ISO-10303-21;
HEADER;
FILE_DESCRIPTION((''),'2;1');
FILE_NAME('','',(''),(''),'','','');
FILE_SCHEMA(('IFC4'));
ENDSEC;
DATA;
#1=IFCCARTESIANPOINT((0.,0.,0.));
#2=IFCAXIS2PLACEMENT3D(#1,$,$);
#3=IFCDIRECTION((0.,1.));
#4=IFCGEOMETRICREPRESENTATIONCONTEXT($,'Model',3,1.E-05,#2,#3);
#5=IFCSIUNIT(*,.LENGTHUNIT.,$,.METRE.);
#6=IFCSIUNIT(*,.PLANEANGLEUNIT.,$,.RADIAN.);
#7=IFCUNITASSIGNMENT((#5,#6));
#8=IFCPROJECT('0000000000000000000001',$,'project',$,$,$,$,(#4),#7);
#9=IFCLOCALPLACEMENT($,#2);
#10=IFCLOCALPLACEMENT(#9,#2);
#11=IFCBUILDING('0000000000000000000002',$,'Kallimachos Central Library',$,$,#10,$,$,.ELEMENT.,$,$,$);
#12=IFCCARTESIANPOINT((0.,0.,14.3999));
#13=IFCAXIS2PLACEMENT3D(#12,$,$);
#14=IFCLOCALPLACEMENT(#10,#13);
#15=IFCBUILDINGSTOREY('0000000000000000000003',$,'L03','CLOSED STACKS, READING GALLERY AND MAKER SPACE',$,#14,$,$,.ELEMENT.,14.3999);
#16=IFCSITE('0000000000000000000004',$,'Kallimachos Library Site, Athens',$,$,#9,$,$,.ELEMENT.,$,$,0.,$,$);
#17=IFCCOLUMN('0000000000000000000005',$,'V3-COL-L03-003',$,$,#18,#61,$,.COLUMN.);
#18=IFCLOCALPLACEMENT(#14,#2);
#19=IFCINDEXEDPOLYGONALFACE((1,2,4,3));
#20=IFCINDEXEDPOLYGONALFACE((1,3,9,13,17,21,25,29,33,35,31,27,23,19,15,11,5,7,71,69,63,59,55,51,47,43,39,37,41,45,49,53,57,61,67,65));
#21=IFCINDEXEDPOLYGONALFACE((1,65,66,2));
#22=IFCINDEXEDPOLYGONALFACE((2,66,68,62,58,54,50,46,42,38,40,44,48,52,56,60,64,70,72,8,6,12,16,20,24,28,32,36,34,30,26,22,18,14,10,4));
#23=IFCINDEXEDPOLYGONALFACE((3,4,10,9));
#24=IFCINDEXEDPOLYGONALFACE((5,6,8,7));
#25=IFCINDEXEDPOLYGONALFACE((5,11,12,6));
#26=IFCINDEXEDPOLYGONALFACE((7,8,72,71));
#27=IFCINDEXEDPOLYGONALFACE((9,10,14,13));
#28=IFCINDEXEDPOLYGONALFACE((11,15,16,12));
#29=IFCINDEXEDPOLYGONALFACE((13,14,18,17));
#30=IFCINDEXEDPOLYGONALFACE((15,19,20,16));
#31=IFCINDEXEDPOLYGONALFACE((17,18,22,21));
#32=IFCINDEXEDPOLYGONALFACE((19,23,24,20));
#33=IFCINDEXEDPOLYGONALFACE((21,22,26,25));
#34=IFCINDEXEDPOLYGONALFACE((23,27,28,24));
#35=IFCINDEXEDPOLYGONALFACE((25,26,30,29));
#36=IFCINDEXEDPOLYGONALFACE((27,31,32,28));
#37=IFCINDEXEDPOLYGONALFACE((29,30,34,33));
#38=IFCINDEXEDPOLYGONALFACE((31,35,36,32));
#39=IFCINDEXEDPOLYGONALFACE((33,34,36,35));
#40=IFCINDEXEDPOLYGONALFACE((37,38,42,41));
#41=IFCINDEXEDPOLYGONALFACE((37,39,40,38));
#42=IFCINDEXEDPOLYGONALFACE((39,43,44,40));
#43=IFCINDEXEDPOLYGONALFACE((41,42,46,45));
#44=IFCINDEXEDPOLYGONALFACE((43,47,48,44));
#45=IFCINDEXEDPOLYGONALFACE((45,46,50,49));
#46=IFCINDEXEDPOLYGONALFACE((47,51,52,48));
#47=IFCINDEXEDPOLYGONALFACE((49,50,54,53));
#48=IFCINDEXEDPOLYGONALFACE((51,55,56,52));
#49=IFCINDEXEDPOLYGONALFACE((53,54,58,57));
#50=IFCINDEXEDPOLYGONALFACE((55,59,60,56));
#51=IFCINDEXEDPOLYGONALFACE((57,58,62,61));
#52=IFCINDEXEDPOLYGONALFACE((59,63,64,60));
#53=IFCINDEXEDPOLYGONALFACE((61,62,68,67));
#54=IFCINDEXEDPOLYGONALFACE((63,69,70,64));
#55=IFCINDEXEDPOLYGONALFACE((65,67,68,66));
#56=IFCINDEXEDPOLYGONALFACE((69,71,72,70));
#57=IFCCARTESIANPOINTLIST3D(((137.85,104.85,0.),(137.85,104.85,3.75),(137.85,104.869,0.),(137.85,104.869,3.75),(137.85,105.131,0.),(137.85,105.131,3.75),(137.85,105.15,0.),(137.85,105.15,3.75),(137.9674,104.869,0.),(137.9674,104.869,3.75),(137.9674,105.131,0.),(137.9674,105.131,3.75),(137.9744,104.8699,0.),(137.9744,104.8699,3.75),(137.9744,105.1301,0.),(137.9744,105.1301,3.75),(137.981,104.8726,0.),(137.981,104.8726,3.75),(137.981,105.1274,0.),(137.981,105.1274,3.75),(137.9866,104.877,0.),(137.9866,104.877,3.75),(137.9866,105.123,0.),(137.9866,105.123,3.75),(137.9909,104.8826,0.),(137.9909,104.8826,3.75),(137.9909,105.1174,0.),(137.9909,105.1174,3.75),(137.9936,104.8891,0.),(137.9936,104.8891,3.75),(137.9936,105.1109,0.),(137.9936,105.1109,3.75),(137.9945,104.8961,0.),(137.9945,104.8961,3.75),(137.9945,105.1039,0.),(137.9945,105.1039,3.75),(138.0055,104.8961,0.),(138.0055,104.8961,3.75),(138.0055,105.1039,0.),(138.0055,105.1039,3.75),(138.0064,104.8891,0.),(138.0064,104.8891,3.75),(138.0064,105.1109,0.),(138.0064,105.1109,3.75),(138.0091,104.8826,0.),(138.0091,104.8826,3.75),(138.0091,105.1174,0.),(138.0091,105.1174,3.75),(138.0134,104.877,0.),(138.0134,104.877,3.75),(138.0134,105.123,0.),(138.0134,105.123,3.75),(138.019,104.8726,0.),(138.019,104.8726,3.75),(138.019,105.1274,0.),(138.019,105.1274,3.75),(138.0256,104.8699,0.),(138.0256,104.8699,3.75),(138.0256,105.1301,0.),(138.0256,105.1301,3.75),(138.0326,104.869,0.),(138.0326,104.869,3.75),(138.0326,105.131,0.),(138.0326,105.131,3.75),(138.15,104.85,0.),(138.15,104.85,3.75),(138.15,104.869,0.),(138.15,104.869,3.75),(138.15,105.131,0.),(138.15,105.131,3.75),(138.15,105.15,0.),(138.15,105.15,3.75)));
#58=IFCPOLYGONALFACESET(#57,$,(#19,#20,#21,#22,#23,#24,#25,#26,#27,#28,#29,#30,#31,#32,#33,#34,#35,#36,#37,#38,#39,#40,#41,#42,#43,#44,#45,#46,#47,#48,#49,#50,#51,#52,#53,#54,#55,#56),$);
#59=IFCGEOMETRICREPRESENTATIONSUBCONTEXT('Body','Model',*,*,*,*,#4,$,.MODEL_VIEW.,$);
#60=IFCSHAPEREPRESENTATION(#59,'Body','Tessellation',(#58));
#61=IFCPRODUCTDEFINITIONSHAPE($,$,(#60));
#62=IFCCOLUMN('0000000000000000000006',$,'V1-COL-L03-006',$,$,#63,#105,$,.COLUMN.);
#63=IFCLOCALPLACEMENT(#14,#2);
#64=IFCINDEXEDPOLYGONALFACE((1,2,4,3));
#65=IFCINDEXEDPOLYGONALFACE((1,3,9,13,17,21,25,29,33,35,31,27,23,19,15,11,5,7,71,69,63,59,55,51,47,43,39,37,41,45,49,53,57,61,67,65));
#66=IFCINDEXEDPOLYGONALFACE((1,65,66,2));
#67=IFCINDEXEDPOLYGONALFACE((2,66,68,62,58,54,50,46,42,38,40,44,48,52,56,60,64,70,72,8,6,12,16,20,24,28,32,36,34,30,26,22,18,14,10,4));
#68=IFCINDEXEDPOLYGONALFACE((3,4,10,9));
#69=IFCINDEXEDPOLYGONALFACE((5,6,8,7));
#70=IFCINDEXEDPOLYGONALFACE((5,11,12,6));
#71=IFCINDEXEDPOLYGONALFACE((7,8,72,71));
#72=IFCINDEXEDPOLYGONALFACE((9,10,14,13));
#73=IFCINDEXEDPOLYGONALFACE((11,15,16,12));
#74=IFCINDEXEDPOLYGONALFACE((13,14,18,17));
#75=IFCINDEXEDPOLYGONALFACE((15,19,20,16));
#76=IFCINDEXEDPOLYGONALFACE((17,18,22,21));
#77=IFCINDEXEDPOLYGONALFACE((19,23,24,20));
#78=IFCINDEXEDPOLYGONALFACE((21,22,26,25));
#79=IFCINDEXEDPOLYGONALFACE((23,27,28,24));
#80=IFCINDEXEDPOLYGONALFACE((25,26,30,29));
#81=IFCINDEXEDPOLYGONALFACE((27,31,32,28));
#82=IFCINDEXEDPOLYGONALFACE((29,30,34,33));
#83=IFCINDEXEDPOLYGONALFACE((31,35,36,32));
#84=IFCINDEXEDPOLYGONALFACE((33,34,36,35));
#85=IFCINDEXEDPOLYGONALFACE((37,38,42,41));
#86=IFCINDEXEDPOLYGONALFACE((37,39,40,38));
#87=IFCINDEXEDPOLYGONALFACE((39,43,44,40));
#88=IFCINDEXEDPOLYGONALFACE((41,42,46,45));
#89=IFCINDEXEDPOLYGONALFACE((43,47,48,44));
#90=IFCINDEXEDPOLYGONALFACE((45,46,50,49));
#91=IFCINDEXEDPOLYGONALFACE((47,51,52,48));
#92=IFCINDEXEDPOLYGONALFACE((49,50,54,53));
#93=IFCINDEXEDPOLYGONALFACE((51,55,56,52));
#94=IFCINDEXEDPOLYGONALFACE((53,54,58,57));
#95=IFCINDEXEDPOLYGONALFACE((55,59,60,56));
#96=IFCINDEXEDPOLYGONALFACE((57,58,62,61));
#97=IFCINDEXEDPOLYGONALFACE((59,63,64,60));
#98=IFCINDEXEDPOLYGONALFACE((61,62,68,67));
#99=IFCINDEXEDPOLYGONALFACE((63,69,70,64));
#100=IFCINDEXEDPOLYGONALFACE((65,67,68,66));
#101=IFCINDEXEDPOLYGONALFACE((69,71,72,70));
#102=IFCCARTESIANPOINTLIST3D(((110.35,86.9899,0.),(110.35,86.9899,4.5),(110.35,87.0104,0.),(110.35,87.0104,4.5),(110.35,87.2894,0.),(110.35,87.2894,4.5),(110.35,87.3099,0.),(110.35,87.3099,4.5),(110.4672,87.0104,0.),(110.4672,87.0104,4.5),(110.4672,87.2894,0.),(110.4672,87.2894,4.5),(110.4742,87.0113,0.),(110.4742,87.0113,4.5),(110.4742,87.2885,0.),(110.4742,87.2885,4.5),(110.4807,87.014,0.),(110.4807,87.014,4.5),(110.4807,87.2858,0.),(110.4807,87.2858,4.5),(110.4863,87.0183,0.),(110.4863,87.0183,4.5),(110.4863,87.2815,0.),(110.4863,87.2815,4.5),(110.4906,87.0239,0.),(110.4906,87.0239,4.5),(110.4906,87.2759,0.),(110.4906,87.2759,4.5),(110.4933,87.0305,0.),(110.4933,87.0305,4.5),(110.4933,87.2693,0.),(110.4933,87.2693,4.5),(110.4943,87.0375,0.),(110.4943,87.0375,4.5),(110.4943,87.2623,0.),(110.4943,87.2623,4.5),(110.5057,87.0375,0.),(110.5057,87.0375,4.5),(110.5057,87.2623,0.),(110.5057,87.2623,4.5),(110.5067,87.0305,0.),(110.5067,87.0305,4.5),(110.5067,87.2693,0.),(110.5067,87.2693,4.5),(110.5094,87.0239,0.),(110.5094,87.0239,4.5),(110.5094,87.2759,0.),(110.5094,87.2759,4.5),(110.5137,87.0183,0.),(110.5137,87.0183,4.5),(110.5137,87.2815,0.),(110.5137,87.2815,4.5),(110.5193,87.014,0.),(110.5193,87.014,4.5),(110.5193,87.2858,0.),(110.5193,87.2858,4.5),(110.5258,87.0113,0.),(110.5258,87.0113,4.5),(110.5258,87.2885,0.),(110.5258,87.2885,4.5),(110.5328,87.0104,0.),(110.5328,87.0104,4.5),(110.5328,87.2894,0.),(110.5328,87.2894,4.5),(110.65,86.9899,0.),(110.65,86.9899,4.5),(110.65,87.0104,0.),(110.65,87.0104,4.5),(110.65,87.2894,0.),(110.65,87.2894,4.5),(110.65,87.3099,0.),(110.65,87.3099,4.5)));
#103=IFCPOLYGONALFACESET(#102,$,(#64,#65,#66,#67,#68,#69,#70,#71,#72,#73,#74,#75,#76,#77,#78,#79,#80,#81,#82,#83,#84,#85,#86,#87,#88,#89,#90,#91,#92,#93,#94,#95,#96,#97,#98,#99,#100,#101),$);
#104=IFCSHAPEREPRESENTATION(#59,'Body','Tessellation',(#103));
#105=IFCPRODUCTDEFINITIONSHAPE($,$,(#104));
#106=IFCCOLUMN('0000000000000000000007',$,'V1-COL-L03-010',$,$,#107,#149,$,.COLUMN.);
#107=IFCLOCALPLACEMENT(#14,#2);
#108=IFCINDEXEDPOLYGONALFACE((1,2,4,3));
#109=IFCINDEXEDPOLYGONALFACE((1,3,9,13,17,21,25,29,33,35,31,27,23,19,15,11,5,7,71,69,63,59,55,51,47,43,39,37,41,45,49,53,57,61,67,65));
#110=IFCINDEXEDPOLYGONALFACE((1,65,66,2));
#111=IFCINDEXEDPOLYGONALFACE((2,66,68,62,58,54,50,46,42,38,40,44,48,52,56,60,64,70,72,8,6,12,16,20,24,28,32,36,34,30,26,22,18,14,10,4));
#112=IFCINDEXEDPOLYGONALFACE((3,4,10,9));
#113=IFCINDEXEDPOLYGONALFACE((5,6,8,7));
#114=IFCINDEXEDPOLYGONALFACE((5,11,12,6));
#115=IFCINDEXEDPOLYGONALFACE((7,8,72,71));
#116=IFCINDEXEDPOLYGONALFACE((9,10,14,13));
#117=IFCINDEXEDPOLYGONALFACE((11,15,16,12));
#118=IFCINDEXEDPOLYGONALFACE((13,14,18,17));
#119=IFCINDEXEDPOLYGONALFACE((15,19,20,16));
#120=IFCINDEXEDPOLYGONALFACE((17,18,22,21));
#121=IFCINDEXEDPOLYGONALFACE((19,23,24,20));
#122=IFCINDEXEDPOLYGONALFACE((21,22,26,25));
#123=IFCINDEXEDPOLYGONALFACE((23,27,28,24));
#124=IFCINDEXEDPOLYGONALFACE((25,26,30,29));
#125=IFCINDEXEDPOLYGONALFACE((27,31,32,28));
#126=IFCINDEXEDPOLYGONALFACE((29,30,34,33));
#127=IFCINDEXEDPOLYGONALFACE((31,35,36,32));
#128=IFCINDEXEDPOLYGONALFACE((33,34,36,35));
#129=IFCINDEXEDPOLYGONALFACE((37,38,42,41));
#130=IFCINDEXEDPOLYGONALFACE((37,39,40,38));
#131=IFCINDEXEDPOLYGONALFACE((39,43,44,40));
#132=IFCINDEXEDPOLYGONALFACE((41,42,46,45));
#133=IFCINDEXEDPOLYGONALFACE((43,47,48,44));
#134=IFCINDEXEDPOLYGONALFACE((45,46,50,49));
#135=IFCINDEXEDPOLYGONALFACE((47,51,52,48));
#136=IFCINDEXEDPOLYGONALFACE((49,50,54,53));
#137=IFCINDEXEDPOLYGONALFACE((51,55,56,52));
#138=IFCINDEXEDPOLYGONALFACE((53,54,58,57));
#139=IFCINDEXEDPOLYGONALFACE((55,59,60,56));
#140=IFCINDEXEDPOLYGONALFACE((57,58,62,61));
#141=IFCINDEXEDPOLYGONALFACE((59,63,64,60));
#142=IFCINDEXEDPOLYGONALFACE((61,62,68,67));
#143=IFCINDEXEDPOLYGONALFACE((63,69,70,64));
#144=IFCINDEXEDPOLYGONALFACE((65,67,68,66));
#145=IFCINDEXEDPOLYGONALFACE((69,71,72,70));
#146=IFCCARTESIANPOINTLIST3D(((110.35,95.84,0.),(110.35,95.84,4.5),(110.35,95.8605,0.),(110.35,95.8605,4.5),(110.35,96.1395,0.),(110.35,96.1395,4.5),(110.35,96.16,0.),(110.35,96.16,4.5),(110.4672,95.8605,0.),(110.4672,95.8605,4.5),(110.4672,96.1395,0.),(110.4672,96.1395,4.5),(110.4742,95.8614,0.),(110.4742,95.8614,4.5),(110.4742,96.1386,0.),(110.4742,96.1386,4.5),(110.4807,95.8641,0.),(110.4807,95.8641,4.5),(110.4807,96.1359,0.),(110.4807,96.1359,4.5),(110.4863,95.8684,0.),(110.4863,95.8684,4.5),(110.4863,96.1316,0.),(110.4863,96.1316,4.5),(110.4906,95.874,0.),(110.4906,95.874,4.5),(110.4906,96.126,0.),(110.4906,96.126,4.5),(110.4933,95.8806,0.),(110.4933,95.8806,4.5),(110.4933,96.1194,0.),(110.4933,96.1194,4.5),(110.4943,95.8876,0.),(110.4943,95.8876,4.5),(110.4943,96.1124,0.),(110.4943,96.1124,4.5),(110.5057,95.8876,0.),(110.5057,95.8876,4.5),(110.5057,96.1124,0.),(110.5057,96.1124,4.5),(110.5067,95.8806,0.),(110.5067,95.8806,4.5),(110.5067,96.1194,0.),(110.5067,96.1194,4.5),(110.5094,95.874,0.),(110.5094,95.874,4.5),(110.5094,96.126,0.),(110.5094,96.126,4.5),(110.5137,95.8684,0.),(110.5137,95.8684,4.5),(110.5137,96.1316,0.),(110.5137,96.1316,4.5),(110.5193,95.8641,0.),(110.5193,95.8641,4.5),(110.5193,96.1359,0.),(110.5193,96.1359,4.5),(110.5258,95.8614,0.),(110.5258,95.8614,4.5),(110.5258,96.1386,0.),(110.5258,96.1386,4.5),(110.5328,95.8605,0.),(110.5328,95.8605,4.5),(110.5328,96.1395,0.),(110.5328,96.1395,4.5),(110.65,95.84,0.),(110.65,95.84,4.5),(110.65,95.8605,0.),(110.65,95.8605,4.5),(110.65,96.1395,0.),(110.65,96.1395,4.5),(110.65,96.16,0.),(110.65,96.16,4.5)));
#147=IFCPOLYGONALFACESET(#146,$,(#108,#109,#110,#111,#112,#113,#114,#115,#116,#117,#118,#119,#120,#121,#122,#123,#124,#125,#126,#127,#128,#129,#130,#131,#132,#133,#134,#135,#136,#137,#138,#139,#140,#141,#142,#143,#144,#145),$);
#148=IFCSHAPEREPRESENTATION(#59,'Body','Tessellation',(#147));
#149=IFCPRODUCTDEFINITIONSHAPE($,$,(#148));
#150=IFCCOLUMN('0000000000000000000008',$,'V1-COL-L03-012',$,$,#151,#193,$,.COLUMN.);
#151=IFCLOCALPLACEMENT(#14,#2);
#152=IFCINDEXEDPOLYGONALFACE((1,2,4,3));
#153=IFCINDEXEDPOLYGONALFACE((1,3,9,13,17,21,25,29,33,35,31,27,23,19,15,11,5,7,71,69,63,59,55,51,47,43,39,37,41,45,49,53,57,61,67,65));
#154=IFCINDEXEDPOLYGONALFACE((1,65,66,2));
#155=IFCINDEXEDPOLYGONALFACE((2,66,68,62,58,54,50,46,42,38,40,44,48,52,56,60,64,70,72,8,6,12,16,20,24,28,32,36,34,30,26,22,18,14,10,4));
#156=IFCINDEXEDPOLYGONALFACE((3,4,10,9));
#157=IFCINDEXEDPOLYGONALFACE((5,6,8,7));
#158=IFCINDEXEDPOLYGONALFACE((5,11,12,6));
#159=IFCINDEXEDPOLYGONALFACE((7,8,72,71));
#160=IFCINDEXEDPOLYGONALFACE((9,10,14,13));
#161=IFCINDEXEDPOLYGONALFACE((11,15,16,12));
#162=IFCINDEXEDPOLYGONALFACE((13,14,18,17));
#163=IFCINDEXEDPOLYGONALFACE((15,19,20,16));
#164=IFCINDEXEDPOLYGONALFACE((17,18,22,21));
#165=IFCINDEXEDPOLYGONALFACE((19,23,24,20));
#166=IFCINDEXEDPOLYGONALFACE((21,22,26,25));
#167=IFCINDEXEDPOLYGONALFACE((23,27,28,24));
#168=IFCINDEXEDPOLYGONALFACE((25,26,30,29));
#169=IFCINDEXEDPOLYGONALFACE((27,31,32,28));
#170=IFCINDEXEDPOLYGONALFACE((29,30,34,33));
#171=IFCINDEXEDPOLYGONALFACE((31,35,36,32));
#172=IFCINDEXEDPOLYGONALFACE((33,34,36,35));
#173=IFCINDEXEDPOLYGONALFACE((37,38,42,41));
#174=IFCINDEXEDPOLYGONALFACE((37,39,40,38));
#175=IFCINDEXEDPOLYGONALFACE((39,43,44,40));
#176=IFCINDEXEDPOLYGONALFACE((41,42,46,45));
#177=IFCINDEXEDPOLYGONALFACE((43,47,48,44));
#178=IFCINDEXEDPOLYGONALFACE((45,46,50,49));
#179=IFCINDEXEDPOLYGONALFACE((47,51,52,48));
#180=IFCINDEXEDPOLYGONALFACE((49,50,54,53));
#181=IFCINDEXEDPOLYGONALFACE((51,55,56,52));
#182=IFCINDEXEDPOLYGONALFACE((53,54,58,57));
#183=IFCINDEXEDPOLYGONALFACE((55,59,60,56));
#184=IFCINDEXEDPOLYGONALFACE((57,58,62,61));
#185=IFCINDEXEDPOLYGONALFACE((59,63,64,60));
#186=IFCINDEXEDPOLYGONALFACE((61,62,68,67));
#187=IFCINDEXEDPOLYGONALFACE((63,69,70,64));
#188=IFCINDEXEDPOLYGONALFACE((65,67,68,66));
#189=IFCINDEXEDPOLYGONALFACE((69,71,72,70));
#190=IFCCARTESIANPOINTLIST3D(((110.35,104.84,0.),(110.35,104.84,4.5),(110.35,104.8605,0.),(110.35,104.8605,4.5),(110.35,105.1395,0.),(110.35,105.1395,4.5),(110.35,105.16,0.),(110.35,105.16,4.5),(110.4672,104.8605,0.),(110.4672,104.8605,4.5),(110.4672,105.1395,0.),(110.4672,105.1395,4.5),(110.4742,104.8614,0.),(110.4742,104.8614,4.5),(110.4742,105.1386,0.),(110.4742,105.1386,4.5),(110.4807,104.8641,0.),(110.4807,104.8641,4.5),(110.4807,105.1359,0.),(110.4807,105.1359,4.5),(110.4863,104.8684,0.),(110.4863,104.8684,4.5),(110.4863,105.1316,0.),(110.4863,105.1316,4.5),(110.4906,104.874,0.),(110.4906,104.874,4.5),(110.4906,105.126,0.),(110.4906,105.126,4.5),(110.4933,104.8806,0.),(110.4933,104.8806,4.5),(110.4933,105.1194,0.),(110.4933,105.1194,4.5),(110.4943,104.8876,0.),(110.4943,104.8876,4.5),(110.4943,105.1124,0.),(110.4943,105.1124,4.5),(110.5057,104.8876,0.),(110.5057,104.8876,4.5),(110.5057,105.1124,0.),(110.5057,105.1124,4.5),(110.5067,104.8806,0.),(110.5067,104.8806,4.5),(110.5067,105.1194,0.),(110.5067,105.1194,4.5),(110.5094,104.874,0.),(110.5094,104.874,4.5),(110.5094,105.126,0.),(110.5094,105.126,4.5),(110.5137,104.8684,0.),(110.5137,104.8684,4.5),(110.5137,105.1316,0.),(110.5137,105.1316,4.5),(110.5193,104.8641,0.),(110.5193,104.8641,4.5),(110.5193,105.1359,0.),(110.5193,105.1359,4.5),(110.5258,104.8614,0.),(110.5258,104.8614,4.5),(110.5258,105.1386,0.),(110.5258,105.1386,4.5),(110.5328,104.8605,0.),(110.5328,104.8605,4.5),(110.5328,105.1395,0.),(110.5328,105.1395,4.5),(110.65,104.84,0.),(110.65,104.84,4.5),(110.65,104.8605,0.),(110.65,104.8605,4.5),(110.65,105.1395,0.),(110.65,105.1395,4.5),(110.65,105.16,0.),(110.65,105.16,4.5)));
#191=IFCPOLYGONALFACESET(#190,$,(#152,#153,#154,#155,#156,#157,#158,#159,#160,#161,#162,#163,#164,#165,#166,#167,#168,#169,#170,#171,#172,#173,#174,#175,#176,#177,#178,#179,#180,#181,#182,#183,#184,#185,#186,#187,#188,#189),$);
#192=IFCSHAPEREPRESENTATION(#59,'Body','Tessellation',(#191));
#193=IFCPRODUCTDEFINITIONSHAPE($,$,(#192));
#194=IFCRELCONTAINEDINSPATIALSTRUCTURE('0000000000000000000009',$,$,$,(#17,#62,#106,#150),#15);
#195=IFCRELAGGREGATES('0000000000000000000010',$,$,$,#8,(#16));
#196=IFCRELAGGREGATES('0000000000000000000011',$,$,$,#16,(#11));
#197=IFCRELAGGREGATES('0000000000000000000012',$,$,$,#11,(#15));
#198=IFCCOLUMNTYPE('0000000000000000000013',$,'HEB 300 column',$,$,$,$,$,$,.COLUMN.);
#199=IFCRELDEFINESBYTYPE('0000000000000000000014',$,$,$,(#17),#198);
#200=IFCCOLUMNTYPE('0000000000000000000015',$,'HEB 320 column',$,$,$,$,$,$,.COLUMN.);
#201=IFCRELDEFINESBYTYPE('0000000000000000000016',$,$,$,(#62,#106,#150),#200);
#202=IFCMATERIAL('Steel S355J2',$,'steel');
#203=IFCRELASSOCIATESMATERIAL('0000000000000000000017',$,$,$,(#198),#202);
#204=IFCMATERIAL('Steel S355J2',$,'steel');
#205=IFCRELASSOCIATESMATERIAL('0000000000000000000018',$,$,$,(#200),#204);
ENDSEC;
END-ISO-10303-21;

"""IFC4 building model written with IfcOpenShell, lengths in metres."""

from ifc_helpers import new_model, si_unit, direction, frame, origin, origin_2d, place, context, subcontext, project, spatial, i_section, extrude, material, material_profile, profile_set, type_object, element, save


model = new_model("IFC4")

# Units and contexts
model_context = context("Model", 3, precision=1e-05, world=origin(), true_north=direction((0.0, 1.0)))
body_context = subcontext(model_context, "Body", "Model", "MODEL_VIEW")
ifc_project = project(units=[si_unit("LENGTHUNIT", "METRE"), si_unit("PLANEANGLEUNIT", "RADIAN")], contexts=[model_context])

# Site, building, storey
site_placement = place(None, origin())
site = spatial("IfcSite", under=ifc_project, at=site_placement, Name="Kallimachos Library Site, Athens", CompositionType="ELEMENT", RefElevation=0.0)
building_placement = place(site_placement, origin())
building = spatial("IfcBuilding", under=site, at=building_placement, Name="Kallimachos Central Library", CompositionType="ELEMENT")
storey_placement = place(building_placement, frame((0.0, 0.0, 14.3999)))
storey = spatial("IfcBuildingStorey", under=building, at=storey_placement, Name="L03", Description="CLOSED STACKS, READING GALLERY AND MAKER SPACE", CompositionType="ELEMENT", Elevation=14.3999)

# Columns
ifc_material_1 = material(Name="Steel S355J2", Category="steel")
ifc_material_profile_1 = material_profile(ifc_material_1, i_section(OverallWidth=0.3, OverallDepth=0.3, WebThickness=0.011, FlangeThickness=0.019, FilletRadius=0.0271, at=origin_2d()), Name="HEB 300")
ifc_profile_set_1 = profile_set([ifc_material_profile_1], Name="Steel S355J2")
column_type_1 = type_object("IfcColumnType", Name="HEB 300 column", PredefinedType="COLUMN", material=ifc_profile_set_1)
column_placement = place(storey_placement, frame((138.0, 105.0, 0.0), z_axis=(0.0, 0.0, 1.0), x_axis=(1.0, 0.0, 0.0)))
element("IfcColumn", 1, at=column_placement, inside=storey, type_object=column_type_1, Name="V3-COL-L03-003", PredefinedType="COLUMN", context=body_context, shape_type="SweptSolid", body=[
    extrude(i_section(OverallWidth=0.3, OverallDepth=0.3, WebThickness=0.011, FlangeThickness=0.019, FilletRadius=0.0271, at=origin_2d()), origin(), (0.0, 0.0, 1.0), 3.75),
])
ifc_material_2 = material(Name="Steel S355J2", Category="steel")
ifc_material_profile_2 = material_profile(ifc_material_2, i_section(OverallWidth=0.3, OverallDepth=0.3201, WebThickness=0.0115, FlangeThickness=0.0205, FilletRadius=0.0271, at=origin_2d()), Name="HEB 320")
ifc_profile_set_2 = profile_set([ifc_material_profile_2], Name="Steel S355J2")
column_type_2 = type_object("IfcColumnType", Name="HEB 320 column", PredefinedType="COLUMN", material=ifc_profile_set_2)
for number, where, z_axis, x_axis, name in (
    (2, (110.5, 87.1499, 0.0), (0.0, 0.0, 1.0), (1.0, 0.0, 0.0), "V1-COL-L03-006"),
    (3, (110.5, 96.0, 0.0), (0.0, 0.0, 1.0), (1.0, 0.0, 0.0), "V1-COL-L03-010"),
    (4, (110.5, 105.0, 0.0), (0.0, 0.0, 1.0), (1.0, 0.0, 0.0), "V1-COL-L03-012"),
):
    element("IfcColumn", number, at=place(storey_placement, frame(where, z_axis=z_axis, x_axis=x_axis)), inside=storey, type_object=column_type_2, Name=name, PredefinedType="COLUMN", context=body_context, shape_type="SweptSolid", body=[
        extrude(i_section(OverallWidth=0.3, OverallDepth=0.3201, WebThickness=0.0115, FlangeThickness=0.0205, FilletRadius=0.0271, at=origin_2d()), origin(), (0.0, 0.0, 1.0), 4.5),
    ])

save(model, "model.ifc")
